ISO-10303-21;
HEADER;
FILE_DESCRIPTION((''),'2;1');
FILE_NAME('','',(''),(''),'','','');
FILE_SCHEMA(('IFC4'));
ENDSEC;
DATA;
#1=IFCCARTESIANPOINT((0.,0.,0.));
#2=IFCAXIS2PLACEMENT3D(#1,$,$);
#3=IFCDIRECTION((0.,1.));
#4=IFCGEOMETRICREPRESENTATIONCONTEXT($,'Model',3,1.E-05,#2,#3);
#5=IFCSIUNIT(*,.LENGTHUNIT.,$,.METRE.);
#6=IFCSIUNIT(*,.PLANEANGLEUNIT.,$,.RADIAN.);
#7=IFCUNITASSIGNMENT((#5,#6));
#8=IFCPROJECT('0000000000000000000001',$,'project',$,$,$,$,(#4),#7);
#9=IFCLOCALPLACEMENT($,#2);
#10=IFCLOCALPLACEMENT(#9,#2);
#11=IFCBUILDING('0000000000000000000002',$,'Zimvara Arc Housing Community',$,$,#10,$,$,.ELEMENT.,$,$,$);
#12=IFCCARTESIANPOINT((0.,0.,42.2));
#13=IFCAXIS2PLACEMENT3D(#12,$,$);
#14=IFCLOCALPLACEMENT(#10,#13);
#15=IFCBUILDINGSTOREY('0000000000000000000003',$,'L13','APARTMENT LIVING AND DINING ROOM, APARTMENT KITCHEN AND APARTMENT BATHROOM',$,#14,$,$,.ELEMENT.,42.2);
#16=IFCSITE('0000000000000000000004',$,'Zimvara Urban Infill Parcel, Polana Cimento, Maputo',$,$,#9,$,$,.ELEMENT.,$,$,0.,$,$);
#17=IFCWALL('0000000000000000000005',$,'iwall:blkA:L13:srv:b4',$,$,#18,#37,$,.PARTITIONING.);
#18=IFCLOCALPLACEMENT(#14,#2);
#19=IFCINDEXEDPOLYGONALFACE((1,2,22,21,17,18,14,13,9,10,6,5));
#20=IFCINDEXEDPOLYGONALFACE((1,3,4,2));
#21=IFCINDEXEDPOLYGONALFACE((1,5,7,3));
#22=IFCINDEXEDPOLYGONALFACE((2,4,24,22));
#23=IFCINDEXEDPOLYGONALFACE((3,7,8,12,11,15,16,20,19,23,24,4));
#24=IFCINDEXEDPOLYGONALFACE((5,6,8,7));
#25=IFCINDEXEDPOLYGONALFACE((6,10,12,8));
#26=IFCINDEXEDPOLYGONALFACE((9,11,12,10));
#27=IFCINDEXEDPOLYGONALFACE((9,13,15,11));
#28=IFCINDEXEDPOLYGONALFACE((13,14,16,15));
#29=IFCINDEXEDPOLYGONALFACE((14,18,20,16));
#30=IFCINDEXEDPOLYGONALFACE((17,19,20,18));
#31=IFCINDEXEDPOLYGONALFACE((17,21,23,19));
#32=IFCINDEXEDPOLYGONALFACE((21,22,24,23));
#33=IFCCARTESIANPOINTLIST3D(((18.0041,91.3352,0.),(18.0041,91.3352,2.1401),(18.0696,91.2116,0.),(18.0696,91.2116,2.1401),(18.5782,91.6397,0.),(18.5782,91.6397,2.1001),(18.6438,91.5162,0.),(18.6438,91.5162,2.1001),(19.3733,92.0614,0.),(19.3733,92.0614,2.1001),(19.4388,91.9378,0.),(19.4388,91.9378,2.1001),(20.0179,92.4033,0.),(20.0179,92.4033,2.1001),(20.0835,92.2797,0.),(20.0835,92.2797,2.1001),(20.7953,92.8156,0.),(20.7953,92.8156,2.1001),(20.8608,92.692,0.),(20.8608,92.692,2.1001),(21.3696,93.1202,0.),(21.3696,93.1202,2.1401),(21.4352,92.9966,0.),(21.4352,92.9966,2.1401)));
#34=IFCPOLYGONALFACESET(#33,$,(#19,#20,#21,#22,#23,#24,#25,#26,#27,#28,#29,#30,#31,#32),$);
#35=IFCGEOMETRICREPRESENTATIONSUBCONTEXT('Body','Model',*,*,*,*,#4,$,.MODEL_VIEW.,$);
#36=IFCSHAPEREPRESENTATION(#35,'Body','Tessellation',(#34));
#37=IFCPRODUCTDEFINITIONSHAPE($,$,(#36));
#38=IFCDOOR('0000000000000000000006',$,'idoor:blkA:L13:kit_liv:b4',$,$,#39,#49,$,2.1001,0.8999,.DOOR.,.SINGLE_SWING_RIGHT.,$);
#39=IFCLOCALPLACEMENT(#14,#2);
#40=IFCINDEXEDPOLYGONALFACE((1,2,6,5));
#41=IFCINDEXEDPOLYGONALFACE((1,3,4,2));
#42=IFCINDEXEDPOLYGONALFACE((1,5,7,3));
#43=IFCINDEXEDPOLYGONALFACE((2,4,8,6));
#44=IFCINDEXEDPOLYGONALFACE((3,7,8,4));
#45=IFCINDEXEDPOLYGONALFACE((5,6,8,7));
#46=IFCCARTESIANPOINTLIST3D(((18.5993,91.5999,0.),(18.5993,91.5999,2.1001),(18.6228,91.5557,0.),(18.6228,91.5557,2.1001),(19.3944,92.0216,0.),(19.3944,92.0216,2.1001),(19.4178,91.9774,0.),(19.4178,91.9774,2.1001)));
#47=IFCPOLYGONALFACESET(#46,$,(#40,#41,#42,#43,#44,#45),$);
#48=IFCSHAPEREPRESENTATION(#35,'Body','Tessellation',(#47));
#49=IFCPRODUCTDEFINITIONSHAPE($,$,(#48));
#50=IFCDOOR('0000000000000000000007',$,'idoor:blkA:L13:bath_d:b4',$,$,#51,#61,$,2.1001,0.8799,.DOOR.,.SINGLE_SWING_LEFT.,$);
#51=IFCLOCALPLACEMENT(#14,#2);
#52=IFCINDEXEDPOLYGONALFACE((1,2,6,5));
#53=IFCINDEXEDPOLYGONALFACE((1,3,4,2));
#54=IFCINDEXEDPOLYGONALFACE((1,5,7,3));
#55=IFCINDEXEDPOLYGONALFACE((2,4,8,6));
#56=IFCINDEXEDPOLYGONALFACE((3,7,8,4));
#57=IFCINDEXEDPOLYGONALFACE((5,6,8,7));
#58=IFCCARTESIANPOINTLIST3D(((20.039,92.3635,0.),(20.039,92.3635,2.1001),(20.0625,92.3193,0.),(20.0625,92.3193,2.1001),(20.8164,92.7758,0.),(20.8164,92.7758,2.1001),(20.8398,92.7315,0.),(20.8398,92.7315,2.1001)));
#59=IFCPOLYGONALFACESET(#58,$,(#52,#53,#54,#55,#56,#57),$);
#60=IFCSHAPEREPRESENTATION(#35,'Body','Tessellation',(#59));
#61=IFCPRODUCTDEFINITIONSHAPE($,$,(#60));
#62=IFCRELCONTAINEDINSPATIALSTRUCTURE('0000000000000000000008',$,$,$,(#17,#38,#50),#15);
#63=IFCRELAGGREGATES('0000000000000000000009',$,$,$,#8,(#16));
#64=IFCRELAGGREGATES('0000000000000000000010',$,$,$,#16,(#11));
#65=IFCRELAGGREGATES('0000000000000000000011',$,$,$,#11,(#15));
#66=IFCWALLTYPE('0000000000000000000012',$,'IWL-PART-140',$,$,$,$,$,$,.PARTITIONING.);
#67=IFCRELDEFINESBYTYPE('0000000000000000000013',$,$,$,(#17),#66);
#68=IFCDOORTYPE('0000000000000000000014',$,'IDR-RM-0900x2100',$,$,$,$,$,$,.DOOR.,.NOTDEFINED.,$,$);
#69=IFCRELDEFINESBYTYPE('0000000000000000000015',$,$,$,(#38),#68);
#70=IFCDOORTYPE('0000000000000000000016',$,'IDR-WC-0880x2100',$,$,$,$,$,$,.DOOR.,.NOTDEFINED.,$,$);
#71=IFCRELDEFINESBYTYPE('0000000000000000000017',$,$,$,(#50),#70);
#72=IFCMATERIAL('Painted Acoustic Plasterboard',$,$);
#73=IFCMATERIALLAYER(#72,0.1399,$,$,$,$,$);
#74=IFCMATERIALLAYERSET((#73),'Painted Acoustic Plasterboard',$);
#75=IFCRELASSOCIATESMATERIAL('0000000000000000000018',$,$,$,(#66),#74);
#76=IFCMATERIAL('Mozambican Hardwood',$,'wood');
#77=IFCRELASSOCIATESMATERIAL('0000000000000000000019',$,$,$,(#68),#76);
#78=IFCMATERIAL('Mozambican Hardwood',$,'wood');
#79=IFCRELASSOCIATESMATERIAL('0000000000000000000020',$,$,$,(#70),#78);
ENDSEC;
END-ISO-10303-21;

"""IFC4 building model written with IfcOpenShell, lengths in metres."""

from ifc_helpers import new_model, si_unit, direction, frame, frame_2d, origin, place, context, subcontext, project, spatial, rectangle, extrude, material, layer, layer_set, type_object, element, fill, save


model = new_model("IFC4")

# Units and contexts
model_context = context("Model", 3, precision=1e-05, world=origin(), true_north=direction((0.0, 1.0)))
body_context = subcontext(model_context, "Body", "Model", "MODEL_VIEW")
ifc_project = project(units=[si_unit("LENGTHUNIT", "METRE"), si_unit("PLANEANGLEUNIT", "RADIAN")], contexts=[model_context])

# Site, building, storey
site_placement = place(None, origin())
site = spatial("IfcSite", under=ifc_project, at=site_placement, Name="Zimvara Urban Infill Parcel, Polana Cimento, Maputo", CompositionType="ELEMENT", RefElevation=0.0)
building_placement = place(site_placement, origin())
building = spatial("IfcBuilding", under=site, at=building_placement, Name="Zimvara Arc Housing Community", CompositionType="ELEMENT")
storey_placement = place(building_placement, frame((0.0, 0.0, 42.2)))
storey = spatial("IfcBuildingStorey", under=building, at=storey_placement, Name="L13", Description="APARTMENT LIVING AND DINING ROOM, APARTMENT KITCHEN AND APARTMENT BATHROOM", CompositionType="ELEMENT", Elevation=42.2)

# Wall, openings, doors
ifc_material_1 = material(Name="Painted Acoustic Plasterboard")
ifc_layer_1 = layer(ifc_material_1, 0.1399)
ifc_layer_set_1 = layer_set([ifc_layer_1], Name="Painted Acoustic Plasterboard")
wall_type_1 = type_object("IfcWallType", Name="IWL-PART-140", PredefinedType="PARTITIONING", material=ifc_layer_set_1)
wall_1_placement = place(storey_placement, frame((18.0369, 91.2734, 0.0), z_axis=(0.0, 0.0, 1.0), x_axis=(0.883442, 0.468541, 0.0)))
wall_1 = element("IfcWall", 1, at=wall_1_placement, inside=storey, type_object=wall_type_1, Name="iwall:blkA:L13:srv:b4", PredefinedType="PARTITIONING", context=body_context, shape_type="SweptSolid", body=[
    extrude(rectangle(XDim=3.8096, YDim=0.1399, at=frame_2d((1.9048, 0.0))), origin(), (0.0, 0.0, 1.0), 2.1401),
])
opening_1_placement = place(wall_1_placement, frame((0.6499, 0.0, 0.0)))
opening_1 = element("IfcOpeningElement", 2, at=opening_1_placement, cuts=wall_1, PredefinedType="OPENING", context=body_context, shape_type="SweptSolid", body=[
    extrude(rectangle(XDim=0.8999, YDim=2.1001, at=frame_2d((0.45, 1.05))), frame((0.0, 0.0798, 0.0), z_axis=(0.0, -1.0, 0.0), x_axis=(1.0, 0.0, 0.0)), (0.0, 0.0, 1.0), 0.1599),
])
opening_2_placement = place(wall_1_placement, frame((2.2795, 0.0, 0.0)))
opening_2 = element("IfcOpeningElement", 3, at=opening_2_placement, cuts=wall_1, PredefinedType="OPENING", context=body_context, shape_type="SweptSolid", body=[
    extrude(rectangle(XDim=0.8799, YDim=2.1001, at=frame_2d((0.4399, 1.05))), frame((0.0, 0.0798, 0.0), z_axis=(0.0, -1.0, 0.0), x_axis=(1.0, 0.0, 0.0)), (0.0, 0.0, 1.0), 0.1599),
])
ifc_material_2 = material(Name="Mozambican Hardwood", Category="wood")
door_type_1 = type_object("IfcDoorType", Name="IDR-RM-0900x2100", OperationType="NOTDEFINED", PredefinedType="DOOR", material=ifc_material_2)
door_1_placement = place(opening_1_placement, origin())
door_1 = element("IfcDoor", 4, at=door_1_placement, inside=storey, type_object=door_type_1, Name="idoor:blkA:L13:kit_liv:b4", OperationType="SINGLE_SWING_RIGHT", OverallHeight=2.1001, OverallWidth=0.8999, PredefinedType="DOOR", context=body_context, shape_type="SweptSolid", body=[
    extrude(rectangle(XDim=0.8999, YDim=2.1001, at=frame_2d((0.45, 1.05))), frame((0.0, 0.0249, 0.0), z_axis=(0.0, -1.0, 0.0), x_axis=(1.0, 0.0, 0.0)), (0.0, 0.0, 1.0), 0.05),
])
fill(opening_1, door_1)
ifc_material_3 = material(Name="Mozambican Hardwood", Category="wood")
door_type_2 = type_object("IfcDoorType", Name="IDR-WC-0880x2100", OperationType="NOTDEFINED", PredefinedType="DOOR", material=ifc_material_3)
door_2_placement = place(opening_2_placement, origin())
door_2 = element("IfcDoor", 5, at=door_2_placement, inside=storey, type_object=door_type_2, Name="idoor:blkA:L13:bath_d:b4", OperationType="SINGLE_SWING_LEFT", OverallHeight=2.1001, OverallWidth=0.8799, PredefinedType="DOOR", context=body_context, shape_type="SweptSolid", body=[
    extrude(rectangle(XDim=0.8799, YDim=2.1001, at=frame_2d((0.4399, 1.05))), frame((0.0, 0.0249, 0.0), z_axis=(0.0, -1.0, 0.0), x_axis=(1.0, 0.0, 0.0)), (0.0, 0.0, 1.0), 0.05),
])
fill(opening_2, door_2)

save(model, "model.ifc")
